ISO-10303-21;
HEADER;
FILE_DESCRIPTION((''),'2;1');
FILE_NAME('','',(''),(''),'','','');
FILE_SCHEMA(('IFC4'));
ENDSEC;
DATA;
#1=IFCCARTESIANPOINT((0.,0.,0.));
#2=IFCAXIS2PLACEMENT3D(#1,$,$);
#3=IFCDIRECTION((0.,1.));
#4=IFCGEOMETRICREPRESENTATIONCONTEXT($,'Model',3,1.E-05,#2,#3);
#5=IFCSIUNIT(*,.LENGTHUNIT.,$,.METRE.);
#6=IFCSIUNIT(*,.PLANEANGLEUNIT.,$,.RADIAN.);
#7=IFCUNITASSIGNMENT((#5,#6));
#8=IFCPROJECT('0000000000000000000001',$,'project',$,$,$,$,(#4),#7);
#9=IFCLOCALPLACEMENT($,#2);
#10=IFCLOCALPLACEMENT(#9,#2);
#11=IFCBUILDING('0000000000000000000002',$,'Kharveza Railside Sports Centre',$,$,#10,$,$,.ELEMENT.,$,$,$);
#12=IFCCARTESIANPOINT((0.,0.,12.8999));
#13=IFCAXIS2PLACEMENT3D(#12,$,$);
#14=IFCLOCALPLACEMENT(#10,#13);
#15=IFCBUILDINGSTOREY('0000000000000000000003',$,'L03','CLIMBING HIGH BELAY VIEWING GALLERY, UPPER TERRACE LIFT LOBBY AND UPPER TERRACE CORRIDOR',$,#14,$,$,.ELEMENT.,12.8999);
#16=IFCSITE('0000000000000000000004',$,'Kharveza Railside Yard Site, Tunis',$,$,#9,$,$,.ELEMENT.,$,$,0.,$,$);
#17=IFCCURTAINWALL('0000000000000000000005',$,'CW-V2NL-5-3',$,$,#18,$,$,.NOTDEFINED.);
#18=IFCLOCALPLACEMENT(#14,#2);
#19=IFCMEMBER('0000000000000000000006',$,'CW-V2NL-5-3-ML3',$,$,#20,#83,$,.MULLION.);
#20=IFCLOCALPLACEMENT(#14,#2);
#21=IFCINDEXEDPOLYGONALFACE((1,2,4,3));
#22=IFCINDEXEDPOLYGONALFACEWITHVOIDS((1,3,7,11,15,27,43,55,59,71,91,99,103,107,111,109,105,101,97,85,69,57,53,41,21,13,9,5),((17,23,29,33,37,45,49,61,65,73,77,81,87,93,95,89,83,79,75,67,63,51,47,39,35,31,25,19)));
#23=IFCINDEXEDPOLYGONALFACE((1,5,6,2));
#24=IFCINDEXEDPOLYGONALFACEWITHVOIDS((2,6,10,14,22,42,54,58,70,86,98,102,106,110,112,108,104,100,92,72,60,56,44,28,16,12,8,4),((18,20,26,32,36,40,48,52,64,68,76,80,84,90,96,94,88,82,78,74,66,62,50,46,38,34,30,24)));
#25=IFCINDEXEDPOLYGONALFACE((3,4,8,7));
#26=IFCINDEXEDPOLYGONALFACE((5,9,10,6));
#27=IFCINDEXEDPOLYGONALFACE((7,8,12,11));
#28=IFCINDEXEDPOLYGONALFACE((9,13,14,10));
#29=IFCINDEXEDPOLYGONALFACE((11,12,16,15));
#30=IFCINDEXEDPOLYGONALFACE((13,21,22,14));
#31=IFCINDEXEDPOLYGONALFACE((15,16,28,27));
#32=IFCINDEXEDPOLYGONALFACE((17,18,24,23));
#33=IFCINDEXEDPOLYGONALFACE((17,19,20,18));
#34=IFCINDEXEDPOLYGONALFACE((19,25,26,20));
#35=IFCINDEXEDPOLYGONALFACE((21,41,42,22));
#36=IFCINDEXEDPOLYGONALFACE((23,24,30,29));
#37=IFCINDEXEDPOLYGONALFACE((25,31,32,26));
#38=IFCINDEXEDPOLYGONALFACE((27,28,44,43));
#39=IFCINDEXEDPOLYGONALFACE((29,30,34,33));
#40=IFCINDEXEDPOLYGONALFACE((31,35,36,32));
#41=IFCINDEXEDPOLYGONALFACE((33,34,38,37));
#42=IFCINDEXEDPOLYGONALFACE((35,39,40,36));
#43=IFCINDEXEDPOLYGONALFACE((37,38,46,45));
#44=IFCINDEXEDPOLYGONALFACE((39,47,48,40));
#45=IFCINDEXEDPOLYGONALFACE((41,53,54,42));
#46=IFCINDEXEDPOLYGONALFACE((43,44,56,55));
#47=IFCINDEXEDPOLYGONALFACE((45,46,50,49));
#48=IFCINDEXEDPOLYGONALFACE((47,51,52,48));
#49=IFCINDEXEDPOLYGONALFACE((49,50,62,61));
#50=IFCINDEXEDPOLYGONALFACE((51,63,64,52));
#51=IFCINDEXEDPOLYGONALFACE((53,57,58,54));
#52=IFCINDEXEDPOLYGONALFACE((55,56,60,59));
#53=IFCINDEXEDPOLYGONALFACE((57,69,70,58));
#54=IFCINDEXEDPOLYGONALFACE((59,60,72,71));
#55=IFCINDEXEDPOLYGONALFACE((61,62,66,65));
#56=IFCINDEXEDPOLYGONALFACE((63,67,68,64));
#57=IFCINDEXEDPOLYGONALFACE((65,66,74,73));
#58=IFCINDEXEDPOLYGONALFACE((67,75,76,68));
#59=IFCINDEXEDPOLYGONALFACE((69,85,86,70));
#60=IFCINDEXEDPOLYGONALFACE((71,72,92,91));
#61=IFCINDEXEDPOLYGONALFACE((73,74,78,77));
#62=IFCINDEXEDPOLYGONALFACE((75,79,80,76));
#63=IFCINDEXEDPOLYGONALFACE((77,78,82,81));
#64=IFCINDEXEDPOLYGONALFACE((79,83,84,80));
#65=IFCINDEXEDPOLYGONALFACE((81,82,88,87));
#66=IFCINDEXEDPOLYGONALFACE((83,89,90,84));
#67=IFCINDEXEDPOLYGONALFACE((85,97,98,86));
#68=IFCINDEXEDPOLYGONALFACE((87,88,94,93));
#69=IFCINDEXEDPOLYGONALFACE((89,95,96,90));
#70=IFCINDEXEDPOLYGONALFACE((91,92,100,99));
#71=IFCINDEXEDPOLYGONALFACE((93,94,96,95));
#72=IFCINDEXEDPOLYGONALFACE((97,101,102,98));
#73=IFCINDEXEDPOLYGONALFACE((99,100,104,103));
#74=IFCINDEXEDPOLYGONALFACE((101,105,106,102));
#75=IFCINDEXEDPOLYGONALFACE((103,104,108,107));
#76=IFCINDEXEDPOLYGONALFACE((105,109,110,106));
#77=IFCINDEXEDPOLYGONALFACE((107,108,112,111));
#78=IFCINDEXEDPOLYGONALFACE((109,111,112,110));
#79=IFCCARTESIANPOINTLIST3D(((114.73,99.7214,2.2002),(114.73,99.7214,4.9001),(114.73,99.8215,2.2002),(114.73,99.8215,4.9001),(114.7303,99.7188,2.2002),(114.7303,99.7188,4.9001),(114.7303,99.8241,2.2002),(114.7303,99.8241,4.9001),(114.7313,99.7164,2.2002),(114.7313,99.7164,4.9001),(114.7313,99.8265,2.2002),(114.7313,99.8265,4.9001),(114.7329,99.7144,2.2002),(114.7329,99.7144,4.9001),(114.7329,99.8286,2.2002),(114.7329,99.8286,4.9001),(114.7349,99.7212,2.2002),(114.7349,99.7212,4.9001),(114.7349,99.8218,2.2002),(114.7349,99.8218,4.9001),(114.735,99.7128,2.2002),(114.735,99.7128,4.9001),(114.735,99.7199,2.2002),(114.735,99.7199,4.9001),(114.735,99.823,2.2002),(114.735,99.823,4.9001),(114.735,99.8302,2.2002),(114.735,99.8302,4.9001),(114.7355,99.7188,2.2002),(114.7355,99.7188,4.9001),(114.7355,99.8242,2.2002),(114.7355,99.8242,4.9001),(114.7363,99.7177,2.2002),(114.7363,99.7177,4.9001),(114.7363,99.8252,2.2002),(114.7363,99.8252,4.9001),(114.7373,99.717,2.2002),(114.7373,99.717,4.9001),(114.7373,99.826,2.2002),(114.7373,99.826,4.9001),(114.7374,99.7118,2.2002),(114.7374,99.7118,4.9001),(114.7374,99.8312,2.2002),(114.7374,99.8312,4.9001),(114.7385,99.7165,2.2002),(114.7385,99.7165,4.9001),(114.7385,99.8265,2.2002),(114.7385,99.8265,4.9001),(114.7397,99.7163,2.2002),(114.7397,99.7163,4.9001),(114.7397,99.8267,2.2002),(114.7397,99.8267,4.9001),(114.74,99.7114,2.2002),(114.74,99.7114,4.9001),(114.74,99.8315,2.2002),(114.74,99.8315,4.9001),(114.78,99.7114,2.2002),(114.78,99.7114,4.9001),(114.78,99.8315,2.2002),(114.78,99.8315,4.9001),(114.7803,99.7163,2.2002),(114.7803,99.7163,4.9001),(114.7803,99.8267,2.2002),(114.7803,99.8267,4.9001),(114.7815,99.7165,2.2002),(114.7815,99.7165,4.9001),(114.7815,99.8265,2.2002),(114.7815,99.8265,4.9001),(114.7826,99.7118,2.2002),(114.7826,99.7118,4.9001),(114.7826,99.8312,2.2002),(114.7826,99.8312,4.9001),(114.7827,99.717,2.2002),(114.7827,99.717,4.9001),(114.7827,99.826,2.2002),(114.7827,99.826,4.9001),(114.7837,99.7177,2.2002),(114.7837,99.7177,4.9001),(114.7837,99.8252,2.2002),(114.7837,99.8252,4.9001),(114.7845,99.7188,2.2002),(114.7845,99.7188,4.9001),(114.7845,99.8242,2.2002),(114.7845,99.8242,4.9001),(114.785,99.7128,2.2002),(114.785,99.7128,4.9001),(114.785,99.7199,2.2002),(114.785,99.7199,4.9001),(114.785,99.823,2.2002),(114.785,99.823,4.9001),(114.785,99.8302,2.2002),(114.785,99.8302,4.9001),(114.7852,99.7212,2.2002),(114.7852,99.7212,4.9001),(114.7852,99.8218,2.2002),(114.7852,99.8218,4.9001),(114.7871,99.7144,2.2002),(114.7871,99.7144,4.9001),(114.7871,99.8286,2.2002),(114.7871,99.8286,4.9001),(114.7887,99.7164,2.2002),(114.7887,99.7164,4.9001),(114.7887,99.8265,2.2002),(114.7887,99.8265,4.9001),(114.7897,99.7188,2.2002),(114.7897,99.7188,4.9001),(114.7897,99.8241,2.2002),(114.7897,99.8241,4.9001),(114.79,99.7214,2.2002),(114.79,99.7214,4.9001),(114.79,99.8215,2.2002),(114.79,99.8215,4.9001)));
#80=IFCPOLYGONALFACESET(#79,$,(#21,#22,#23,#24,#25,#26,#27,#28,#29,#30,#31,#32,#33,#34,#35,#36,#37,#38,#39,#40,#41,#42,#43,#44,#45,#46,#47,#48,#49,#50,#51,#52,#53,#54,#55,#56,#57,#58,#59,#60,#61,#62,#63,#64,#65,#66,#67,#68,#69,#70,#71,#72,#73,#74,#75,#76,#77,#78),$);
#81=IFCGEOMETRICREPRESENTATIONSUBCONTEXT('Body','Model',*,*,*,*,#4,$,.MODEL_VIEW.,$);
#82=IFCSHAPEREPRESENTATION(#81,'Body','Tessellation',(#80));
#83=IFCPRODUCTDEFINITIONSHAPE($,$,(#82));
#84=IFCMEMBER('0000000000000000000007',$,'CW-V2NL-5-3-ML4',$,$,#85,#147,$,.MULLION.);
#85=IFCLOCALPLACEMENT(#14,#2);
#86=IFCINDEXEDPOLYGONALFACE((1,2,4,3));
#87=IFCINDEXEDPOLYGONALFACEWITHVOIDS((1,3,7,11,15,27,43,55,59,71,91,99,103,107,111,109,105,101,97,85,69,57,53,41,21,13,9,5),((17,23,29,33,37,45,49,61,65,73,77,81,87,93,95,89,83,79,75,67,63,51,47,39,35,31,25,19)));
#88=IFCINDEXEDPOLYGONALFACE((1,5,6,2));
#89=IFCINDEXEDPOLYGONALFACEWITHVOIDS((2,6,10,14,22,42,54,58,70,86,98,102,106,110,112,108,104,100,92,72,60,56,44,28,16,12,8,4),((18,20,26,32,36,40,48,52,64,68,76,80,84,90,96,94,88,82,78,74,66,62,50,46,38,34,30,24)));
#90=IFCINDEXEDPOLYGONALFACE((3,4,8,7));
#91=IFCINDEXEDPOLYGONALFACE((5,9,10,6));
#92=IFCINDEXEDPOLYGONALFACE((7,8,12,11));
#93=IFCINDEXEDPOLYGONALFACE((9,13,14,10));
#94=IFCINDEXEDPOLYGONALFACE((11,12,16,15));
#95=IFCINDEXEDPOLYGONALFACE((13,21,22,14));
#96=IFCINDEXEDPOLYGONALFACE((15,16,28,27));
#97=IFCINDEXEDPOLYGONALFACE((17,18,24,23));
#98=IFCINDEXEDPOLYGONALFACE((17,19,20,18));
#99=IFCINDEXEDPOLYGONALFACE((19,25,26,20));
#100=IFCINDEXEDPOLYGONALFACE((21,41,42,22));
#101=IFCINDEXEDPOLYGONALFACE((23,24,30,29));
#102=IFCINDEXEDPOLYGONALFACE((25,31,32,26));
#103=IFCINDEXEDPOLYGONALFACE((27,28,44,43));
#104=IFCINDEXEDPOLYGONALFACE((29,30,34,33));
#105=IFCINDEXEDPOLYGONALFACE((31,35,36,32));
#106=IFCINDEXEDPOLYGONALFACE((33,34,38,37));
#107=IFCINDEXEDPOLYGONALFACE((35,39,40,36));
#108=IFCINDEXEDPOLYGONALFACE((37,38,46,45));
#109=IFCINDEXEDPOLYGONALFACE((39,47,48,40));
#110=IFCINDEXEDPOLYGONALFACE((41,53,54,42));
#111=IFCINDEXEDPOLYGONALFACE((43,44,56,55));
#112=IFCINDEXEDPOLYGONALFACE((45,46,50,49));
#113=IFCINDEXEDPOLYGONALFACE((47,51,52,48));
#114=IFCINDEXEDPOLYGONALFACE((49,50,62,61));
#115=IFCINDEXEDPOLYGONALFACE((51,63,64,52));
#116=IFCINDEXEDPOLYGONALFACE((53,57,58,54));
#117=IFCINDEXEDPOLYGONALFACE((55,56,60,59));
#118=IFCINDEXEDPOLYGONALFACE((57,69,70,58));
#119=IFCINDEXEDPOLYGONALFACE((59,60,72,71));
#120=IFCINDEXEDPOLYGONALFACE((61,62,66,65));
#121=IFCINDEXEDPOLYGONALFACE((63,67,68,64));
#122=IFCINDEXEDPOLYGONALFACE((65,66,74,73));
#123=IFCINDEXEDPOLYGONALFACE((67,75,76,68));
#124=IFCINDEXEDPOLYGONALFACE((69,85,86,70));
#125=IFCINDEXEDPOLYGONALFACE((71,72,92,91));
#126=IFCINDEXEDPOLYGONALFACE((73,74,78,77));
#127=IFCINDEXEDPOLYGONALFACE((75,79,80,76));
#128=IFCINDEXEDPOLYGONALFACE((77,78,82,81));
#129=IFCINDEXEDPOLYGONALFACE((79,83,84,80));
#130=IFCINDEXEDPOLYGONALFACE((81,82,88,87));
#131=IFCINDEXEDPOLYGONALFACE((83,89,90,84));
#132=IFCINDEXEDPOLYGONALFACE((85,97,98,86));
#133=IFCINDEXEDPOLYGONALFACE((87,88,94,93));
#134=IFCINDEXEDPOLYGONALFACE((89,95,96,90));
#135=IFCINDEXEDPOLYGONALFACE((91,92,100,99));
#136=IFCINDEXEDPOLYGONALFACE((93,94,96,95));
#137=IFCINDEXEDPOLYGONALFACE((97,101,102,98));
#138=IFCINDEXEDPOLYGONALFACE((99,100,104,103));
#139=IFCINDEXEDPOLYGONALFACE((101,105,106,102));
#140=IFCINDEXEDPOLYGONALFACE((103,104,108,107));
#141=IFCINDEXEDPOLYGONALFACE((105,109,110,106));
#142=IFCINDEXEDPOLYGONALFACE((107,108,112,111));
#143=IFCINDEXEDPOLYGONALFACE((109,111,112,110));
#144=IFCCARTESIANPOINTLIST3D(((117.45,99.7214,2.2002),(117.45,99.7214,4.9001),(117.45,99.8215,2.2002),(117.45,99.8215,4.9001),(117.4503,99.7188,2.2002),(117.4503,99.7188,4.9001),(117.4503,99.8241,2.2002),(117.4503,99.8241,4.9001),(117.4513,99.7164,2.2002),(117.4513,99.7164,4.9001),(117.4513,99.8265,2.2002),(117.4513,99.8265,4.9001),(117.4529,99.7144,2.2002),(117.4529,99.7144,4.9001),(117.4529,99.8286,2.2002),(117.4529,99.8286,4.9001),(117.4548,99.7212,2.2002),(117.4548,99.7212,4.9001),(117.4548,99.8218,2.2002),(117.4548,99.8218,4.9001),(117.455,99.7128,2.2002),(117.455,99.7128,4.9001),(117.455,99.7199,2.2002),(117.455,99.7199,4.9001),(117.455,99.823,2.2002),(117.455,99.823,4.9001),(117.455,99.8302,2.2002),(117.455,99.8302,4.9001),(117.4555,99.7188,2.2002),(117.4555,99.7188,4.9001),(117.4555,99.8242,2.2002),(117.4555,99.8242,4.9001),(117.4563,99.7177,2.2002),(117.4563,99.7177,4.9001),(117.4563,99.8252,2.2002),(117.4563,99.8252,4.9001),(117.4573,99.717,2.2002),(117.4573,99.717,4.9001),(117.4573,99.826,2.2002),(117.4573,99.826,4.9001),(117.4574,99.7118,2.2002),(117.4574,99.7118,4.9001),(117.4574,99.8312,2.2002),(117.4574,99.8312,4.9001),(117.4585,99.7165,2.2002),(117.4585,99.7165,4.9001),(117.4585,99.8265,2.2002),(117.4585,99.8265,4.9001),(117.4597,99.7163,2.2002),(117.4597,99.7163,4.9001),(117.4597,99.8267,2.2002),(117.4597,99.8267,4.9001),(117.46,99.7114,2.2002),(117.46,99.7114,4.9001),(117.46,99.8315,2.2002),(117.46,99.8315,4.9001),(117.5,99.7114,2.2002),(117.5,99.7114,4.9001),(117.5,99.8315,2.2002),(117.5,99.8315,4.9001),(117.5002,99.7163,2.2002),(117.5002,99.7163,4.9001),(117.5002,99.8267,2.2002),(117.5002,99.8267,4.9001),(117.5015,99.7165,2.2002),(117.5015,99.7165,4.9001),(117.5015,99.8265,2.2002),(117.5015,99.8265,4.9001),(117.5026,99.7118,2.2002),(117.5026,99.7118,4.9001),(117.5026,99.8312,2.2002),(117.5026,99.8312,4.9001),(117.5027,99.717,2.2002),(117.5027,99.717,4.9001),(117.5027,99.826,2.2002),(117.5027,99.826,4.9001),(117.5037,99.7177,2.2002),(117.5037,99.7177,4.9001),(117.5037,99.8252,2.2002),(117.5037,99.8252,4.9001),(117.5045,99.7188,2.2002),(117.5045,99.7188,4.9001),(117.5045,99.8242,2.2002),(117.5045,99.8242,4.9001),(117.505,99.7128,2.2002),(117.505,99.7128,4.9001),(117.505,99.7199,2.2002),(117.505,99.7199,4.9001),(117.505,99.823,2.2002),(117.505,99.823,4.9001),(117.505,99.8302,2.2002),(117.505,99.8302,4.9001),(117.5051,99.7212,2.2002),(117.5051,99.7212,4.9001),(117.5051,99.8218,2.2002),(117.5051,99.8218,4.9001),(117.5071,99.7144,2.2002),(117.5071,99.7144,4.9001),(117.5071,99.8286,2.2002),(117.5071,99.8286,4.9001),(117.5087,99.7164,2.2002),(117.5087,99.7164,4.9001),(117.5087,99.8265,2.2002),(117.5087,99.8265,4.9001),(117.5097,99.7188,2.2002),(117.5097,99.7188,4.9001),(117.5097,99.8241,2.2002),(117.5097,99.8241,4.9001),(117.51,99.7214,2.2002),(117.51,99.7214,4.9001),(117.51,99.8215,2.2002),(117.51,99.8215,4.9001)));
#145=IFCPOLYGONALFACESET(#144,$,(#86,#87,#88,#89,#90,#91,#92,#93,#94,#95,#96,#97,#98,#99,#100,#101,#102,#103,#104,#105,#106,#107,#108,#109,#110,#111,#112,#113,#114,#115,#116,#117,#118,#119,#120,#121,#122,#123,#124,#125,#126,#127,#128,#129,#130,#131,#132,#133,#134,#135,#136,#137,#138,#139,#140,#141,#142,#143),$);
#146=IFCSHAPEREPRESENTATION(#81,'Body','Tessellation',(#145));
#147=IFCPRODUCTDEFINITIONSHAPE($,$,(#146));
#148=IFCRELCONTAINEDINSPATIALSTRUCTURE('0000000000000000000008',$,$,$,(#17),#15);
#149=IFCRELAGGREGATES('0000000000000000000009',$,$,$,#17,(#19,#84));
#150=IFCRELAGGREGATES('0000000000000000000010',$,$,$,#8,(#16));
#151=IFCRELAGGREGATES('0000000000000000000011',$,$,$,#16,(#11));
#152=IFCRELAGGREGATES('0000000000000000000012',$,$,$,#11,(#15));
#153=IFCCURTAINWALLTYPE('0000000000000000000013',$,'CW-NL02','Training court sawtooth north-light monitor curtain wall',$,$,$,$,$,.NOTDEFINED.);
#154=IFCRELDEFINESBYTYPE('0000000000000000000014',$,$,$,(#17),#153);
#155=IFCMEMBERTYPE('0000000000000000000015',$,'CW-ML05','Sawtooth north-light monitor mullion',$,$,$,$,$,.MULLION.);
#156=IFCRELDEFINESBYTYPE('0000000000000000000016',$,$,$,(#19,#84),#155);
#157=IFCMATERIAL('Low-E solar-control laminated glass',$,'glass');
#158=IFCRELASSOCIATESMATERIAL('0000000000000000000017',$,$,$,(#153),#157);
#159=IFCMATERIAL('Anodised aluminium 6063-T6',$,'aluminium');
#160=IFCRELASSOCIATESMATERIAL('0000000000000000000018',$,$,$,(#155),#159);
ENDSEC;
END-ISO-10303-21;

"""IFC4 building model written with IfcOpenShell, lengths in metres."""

from ifc_helpers import new_model, si_unit, direction, frame, origin, origin_2d, place, context, subcontext, project, spatial, hollow_rectangle, extrude, material, material_profile, profile_set, type_object, element, aggregate, save


model = new_model("IFC4")

# Units and contexts
model_context = context("Model", 3, precision=1e-05, world=origin(), true_north=direction((0.0, 1.0)))
body_context = subcontext(model_context, "Body", "Model", "MODEL_VIEW")
ifc_project = project(units=[si_unit("LENGTHUNIT", "METRE"), si_unit("PLANEANGLEUNIT", "RADIAN")], contexts=[model_context])

# Site, building, storey
site_placement = place(None, origin())
site = spatial("IfcSite", under=ifc_project, at=site_placement, Name="Kharveza Railside Yard Site, Tunis", CompositionType="ELEMENT", RefElevation=0.0)
building_placement = place(site_placement, origin())
building = spatial("IfcBuilding", under=site, at=building_placement, Name="Kharveza Railside Sports Centre", CompositionType="ELEMENT")
storey_placement = place(building_placement, frame((0.0, 0.0, 12.8999)))
storey = spatial("IfcBuildingStorey", under=building, at=storey_placement, Name="L03", Description="CLIMBING HIGH BELAY VIEWING GALLERY, UPPER TERRACE LIFT LOBBY AND UPPER TERRACE CORRIDOR", CompositionType="ELEMENT", Elevation=12.8999)

# Curtain wall, members
ifc_material_1 = material(Name="Low-E solar-control laminated glass", Category="glass")
curtain_wall_type = type_object("IfcCurtainWallType", Name="CW-NL02", Description="Training court sawtooth north-light monitor curtain wall", PredefinedType="NOTDEFINED", material=ifc_material_1)
curtain_wall_placement = place(storey_placement, origin())
curtain_wall = element("IfcCurtainWall", 1, at=curtain_wall_placement, inside=storey, type_object=curtain_wall_type, Name="CW-V2NL-5-3", PredefinedType="NOTDEFINED")
ifc_material_2 = material(Name="Anodised aluminium 6063-T6", Category="aluminium")
ifc_material_profile_1 = material_profile(ifc_material_2, hollow_rectangle(XDim=0.0601, YDim=0.1201, WallThickness=0.0049, InnerFilletRadius=0.0049, OuterFilletRadius=0.01, at=origin_2d()), Name="RHS 60x120x5.0")
ifc_profile_set_1 = profile_set([ifc_material_profile_1], Name="Anodised aluminium 6063-T6")
member_type_1 = type_object("IfcMemberType", Name="CW-ML05", Description="Sawtooth north-light monitor mullion", PredefinedType="MULLION", material=ifc_profile_set_1)
member_1_placement = place(storey_placement, frame((114.76, 99.7715, 2.2002), z_axis=(0.0, 0.0, 1.0), x_axis=(1.0, 0.0, 0.0)))
member_1 = element("IfcMember", 2, at=member_1_placement, type_object=member_type_1, Name="CW-V2NL-5-3-ML3", PredefinedType="MULLION", context=body_context, shape_type="SweptSolid", body=[
    extrude(hollow_rectangle(XDim=0.0601, YDim=0.1201, WallThickness=0.0049, InnerFilletRadius=0.0049, OuterFilletRadius=0.01, at=origin_2d()), origin(), (0.0, 0.0, 1.0), 2.7),
])
member_2_placement = place(storey_placement, frame((117.48, 99.7715, 2.2002), z_axis=(0.0, 0.0, 1.0), x_axis=(1.0, 0.0, 0.0)))
member_2 = element("IfcMember", 3, at=member_2_placement, type_object=member_type_1, Name="CW-V2NL-5-3-ML4", PredefinedType="MULLION", context=body_context, shape_type="SweptSolid", body=[
    extrude(hollow_rectangle(XDim=0.0601, YDim=0.1201, WallThickness=0.0049, InnerFilletRadius=0.0049, OuterFilletRadius=0.01, at=origin_2d()), origin(), (0.0, 0.0, 1.0), 2.7),
])

aggregate(curtain_wall, [member_1, member_2])

save(model, "model.ifc")
